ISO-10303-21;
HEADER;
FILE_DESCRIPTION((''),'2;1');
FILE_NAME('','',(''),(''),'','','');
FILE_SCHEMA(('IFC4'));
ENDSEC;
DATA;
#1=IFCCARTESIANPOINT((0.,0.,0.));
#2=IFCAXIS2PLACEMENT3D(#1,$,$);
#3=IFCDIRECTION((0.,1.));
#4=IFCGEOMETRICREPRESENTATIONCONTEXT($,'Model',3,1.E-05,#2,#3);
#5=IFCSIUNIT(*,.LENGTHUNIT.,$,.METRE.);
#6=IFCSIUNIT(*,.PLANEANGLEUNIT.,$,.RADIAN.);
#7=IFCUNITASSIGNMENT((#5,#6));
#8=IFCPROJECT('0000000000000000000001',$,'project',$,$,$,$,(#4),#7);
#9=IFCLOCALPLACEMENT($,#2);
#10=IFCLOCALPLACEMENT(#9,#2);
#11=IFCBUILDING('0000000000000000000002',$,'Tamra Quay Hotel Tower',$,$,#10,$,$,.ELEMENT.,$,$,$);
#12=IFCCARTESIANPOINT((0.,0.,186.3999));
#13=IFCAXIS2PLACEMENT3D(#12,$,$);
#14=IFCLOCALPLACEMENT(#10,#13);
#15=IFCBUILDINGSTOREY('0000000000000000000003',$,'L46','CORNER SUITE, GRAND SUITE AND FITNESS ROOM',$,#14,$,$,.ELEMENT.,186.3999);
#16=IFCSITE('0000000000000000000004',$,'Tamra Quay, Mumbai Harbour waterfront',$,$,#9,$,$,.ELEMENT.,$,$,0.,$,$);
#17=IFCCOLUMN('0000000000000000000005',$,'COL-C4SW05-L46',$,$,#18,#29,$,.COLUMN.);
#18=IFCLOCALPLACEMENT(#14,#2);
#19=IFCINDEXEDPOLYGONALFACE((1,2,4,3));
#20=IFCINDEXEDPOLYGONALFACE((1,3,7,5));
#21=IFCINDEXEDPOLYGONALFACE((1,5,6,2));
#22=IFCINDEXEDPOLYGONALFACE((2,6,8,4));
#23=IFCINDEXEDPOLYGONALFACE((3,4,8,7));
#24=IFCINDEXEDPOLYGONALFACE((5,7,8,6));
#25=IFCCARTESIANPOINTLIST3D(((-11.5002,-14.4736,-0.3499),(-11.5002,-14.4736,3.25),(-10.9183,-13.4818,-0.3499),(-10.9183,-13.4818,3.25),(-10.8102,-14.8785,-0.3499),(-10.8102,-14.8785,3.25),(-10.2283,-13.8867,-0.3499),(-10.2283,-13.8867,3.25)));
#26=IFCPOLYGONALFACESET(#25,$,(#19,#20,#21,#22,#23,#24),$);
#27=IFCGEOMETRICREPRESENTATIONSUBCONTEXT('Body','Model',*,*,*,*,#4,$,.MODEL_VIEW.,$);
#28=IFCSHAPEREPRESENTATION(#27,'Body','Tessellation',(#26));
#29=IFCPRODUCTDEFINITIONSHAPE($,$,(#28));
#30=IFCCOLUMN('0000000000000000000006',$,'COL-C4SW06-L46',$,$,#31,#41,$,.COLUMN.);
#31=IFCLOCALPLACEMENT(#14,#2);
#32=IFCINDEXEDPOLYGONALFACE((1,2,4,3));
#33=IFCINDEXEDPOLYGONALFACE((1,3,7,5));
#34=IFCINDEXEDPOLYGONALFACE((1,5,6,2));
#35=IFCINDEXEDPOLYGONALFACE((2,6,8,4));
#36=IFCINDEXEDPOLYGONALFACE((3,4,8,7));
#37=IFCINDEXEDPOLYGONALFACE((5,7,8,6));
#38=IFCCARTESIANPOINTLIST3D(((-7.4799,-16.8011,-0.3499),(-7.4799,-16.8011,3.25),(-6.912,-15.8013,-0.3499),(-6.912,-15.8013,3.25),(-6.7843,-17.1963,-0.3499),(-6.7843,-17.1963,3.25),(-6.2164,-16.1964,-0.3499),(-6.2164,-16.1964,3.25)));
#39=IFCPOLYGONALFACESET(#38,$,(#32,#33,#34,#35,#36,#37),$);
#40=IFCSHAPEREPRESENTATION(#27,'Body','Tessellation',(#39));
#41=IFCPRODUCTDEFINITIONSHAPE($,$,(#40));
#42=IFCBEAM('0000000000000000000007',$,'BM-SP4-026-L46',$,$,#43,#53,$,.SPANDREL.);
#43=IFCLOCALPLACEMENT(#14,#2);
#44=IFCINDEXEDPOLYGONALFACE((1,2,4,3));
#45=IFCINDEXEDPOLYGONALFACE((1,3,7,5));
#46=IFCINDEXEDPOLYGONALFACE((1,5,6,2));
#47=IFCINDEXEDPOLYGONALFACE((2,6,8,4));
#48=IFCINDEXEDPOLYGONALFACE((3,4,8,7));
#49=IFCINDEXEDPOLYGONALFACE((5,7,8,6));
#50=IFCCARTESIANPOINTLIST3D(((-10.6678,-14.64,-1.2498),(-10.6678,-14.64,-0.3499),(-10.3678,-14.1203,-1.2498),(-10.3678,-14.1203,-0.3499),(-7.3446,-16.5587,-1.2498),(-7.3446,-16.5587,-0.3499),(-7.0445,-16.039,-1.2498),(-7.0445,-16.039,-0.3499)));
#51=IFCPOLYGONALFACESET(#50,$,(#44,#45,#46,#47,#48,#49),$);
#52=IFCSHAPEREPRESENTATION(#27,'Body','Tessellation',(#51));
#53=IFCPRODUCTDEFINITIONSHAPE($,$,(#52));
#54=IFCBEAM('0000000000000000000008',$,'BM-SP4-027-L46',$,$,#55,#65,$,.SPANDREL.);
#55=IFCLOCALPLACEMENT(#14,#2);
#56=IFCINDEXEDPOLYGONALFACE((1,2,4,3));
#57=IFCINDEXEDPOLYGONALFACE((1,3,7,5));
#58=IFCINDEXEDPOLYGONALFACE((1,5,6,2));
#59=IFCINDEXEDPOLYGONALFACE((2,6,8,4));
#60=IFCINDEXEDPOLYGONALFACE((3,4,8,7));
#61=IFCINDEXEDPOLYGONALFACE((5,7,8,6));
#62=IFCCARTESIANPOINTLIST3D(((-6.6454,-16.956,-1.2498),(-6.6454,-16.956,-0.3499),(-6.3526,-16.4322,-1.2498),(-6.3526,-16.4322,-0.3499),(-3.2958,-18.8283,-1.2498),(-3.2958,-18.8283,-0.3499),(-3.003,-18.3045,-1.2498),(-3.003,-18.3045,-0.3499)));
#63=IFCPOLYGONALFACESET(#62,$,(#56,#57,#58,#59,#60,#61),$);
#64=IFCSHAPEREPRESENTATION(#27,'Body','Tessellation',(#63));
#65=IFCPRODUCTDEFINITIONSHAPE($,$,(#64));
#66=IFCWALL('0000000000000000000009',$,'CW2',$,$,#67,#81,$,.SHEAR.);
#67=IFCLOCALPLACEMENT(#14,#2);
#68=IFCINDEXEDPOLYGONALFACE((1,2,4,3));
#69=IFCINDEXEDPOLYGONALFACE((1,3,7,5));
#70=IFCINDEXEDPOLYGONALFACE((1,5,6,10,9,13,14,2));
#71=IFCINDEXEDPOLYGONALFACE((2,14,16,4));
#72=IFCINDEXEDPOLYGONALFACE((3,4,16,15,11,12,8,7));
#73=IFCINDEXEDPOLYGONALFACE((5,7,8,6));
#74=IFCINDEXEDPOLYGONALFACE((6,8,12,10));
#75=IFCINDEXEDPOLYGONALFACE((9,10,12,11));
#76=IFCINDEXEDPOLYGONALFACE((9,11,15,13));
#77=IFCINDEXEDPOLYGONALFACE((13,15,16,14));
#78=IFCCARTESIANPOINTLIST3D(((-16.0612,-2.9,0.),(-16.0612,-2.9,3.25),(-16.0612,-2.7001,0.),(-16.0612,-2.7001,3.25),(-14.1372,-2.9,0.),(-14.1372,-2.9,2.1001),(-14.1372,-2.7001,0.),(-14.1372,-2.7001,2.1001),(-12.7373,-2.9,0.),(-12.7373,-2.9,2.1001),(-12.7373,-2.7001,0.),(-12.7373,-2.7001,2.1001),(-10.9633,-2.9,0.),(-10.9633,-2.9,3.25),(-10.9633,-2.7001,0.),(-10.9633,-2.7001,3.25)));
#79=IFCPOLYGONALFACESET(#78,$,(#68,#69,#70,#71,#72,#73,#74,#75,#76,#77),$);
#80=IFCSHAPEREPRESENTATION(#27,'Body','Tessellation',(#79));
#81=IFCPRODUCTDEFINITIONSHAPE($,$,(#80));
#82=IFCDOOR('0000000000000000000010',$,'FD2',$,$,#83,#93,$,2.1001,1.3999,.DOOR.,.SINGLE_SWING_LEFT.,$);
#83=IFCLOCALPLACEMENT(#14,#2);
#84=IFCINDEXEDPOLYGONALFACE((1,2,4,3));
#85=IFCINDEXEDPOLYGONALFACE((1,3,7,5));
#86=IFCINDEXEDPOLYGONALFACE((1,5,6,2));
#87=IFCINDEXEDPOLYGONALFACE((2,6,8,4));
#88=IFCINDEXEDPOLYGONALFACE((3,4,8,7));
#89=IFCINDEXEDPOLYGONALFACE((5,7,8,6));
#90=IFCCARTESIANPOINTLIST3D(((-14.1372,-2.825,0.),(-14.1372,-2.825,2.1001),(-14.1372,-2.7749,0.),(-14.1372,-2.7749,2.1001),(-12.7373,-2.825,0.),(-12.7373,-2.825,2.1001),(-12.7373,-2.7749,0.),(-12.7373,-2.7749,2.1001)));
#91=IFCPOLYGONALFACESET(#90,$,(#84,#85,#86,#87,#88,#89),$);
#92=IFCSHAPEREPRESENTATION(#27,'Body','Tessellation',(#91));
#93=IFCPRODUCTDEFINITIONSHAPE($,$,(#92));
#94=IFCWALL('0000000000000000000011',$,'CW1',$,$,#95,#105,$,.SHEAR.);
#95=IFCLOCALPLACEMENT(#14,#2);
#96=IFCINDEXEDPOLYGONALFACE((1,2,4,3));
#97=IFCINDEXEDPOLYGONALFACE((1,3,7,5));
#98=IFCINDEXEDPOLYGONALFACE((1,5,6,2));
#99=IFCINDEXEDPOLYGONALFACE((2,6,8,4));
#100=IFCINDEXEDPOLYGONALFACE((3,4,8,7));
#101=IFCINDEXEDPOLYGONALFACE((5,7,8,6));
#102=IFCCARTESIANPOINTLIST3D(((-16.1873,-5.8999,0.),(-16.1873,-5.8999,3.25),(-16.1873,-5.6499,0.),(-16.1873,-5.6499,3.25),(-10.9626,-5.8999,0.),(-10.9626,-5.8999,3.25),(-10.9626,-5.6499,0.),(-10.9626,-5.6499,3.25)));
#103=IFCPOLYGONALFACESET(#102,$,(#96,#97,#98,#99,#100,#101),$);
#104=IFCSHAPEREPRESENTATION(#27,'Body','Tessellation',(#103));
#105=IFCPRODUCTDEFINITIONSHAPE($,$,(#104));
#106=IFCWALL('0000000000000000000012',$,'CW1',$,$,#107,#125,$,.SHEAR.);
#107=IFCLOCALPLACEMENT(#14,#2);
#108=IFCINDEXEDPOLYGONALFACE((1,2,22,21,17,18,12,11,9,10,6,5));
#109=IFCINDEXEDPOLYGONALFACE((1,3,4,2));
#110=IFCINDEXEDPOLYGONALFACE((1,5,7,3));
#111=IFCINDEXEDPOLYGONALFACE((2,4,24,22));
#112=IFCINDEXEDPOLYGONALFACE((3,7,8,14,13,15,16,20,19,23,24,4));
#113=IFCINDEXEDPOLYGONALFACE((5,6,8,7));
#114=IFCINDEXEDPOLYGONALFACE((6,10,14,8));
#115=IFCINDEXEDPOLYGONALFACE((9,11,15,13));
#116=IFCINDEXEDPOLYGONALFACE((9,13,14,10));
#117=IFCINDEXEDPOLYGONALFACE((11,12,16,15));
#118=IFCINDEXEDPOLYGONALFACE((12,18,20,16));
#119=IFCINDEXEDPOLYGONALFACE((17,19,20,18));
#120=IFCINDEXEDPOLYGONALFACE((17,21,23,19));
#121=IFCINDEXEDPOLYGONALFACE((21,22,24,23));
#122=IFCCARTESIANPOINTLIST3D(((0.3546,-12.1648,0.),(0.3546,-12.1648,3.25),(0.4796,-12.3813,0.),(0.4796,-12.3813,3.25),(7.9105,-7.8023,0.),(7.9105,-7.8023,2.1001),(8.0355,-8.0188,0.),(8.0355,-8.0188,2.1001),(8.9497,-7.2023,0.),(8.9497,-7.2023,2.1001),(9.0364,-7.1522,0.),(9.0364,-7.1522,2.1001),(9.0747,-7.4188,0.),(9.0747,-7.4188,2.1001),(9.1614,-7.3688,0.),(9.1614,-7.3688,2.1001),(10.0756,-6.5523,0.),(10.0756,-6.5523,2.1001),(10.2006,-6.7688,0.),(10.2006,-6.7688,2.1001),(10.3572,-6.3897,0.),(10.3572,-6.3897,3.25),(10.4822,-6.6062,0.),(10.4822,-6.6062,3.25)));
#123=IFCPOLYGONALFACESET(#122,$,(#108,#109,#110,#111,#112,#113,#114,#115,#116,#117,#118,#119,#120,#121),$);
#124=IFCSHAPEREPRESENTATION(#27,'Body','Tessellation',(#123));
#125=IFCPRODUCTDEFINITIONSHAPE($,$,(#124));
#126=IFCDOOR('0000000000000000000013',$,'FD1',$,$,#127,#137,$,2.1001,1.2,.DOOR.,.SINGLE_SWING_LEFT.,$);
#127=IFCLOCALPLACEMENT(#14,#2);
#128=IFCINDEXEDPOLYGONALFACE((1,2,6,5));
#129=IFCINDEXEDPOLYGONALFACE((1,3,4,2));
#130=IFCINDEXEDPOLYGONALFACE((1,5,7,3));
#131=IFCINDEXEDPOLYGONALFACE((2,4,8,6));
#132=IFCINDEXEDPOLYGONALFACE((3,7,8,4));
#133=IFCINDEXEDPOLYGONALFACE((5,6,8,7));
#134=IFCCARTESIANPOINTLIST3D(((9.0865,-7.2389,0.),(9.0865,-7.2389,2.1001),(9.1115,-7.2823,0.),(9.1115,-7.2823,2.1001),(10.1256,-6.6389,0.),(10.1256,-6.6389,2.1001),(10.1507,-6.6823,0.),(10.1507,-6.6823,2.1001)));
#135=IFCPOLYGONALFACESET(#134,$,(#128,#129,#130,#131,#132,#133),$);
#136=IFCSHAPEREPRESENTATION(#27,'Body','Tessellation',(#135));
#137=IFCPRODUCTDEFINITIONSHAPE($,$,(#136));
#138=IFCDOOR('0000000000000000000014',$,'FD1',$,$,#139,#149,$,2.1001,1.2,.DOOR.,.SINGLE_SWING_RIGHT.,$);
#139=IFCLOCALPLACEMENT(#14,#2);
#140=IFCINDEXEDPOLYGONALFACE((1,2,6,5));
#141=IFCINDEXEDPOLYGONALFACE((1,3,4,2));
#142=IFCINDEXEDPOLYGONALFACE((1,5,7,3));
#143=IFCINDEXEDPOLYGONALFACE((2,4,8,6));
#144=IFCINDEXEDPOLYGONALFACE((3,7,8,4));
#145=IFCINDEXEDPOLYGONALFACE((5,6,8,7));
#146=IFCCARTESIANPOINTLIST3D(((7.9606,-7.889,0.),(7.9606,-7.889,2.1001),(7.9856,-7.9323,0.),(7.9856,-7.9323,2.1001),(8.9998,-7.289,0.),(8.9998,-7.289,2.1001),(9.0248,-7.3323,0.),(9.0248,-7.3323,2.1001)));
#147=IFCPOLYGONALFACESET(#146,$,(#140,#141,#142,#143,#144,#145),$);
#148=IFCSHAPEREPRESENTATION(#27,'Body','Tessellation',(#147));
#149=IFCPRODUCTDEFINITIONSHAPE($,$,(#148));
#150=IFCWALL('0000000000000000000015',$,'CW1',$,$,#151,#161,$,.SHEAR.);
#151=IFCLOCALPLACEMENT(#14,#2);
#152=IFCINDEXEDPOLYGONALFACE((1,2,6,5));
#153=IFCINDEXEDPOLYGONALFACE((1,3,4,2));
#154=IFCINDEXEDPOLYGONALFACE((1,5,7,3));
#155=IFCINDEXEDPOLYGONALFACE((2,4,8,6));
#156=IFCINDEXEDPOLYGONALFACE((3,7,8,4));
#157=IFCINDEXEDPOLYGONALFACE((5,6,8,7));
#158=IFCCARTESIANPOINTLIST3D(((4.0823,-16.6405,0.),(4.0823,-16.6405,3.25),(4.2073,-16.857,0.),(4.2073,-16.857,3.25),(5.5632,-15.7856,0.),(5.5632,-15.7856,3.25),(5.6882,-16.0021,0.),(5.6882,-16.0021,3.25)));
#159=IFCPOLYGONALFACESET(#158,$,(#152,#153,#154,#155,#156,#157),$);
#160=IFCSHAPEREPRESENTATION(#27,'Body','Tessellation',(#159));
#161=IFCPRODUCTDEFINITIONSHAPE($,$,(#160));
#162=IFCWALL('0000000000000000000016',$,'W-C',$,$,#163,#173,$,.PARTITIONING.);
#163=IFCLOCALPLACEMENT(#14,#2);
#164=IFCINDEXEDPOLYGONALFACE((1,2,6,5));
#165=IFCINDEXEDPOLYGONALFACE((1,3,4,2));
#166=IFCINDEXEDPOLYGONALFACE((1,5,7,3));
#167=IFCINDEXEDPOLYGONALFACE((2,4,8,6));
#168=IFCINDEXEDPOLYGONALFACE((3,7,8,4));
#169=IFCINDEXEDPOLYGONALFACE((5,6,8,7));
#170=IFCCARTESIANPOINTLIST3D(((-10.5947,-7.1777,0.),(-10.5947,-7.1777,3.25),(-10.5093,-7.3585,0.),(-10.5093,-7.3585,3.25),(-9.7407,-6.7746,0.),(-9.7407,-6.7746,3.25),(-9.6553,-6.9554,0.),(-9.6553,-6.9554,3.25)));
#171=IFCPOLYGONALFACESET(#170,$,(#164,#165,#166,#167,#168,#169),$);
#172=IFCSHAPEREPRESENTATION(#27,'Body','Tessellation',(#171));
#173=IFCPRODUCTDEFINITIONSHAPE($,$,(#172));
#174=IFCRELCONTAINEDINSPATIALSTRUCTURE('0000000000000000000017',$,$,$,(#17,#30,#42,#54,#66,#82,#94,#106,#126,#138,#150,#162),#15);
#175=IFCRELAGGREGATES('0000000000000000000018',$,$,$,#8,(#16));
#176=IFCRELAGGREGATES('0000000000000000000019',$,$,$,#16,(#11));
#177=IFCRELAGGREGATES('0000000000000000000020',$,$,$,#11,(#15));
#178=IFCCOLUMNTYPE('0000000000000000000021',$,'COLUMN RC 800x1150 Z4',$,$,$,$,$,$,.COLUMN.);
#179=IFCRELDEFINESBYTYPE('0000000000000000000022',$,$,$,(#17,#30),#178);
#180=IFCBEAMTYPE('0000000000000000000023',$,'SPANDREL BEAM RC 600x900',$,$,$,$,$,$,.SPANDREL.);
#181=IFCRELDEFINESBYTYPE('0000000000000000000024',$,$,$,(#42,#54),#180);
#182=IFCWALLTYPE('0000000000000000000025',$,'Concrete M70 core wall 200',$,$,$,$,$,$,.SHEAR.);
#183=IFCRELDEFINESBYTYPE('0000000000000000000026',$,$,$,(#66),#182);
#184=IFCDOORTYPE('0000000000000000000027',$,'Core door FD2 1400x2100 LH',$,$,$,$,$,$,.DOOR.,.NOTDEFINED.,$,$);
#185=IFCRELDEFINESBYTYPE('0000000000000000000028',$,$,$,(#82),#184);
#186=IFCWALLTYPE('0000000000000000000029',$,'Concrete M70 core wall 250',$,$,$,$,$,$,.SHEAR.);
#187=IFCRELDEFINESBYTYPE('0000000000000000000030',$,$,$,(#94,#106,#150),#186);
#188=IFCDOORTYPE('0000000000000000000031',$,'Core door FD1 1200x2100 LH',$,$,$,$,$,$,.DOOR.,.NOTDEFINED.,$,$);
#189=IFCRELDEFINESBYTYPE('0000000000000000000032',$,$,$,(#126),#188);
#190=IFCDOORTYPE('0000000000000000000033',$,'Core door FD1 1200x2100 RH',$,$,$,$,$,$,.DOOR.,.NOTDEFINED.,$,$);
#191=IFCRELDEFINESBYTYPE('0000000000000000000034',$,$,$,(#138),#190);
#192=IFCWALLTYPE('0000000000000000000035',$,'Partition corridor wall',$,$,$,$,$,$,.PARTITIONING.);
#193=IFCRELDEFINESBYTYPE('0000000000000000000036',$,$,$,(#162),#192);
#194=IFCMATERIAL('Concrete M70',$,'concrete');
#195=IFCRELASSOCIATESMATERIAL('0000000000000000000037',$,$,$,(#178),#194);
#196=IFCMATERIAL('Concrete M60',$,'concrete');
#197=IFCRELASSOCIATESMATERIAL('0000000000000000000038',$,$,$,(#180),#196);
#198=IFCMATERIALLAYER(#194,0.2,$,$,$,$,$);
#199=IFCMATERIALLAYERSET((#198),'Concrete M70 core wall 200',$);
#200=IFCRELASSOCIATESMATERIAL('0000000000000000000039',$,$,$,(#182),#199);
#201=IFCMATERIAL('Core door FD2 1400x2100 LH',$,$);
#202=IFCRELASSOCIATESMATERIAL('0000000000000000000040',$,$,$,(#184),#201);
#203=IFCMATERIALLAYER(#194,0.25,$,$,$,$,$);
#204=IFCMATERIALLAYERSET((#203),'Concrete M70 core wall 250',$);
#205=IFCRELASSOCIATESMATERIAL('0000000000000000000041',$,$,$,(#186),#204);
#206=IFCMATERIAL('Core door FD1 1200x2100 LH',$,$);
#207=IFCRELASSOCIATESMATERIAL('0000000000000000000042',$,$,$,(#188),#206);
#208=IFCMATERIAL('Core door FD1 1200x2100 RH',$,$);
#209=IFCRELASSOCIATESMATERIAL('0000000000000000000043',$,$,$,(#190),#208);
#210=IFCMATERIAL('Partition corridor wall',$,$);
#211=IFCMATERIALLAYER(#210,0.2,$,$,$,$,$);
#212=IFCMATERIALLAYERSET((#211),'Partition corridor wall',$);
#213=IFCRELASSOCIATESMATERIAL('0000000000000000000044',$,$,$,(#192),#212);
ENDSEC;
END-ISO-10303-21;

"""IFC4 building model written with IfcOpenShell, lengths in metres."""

from ifc_helpers import new_model, si_unit, direction, frame, frame_2d, origin, origin_2d, place, context, subcontext, project, spatial, rectangle, extrude, material, layer, layer_set, material_profile, profile_set, type_object, element, fill, save


model = new_model("IFC4")

# Units and contexts
model_context = context("Model", 3, precision=1e-05, world=origin(), true_north=direction((0.0, 1.0)))
body_context = subcontext(model_context, "Body", "Model", "MODEL_VIEW")
ifc_project = project(units=[si_unit("LENGTHUNIT", "METRE"), si_unit("PLANEANGLEUNIT", "RADIAN")], contexts=[model_context])

# Site, building, storey
site_placement = place(None, origin())
site = spatial("IfcSite", under=ifc_project, at=site_placement, Name="Tamra Quay, Mumbai Harbour waterfront", CompositionType="ELEMENT", RefElevation=0.0)
building_placement = place(site_placement, origin())
building = spatial("IfcBuilding", under=site, at=building_placement, Name="Tamra Quay Hotel Tower", CompositionType="ELEMENT")
storey_placement = place(building_placement, frame((0.0, 0.0, 186.3999)))
storey = spatial("IfcBuildingStorey", under=building, at=storey_placement, Name="L46", Description="CORNER SUITE, GRAND SUITE AND FITNESS ROOM", CompositionType="ELEMENT", Elevation=186.3999)

# Columns
ifc_material_1 = material(Name="Concrete M70", Category="concrete")
ifc_material_profile_1 = material_profile(ifc_material_1, rectangle(XDim=1.1499, YDim=0.8, at=origin_2d()), Name="COLUMN RC 800x1150 Z4")
ifc_profile_set_1 = profile_set([ifc_material_profile_1], Name="Concrete M70")
column_type = type_object("IfcColumnType", Name="COLUMN RC 800x1150 Z4", PredefinedType="COLUMN", material=ifc_profile_set_1)
for number, where, z_axis, x_axis, name in (
    (1, (-10.8643, -14.1802, -0.3499), (0.0, 0.0, 1.0), (0.506085, 0.862484, 0.0), "COL-C4SW05-L46"),
    (2, (-6.8481, -16.4988, -0.3499), (0.0, 0.0, 1.0), (0.49389, 0.869524, 0.0), "COL-C4SW06-L46"),
):
    element("IfcColumn", number, at=place(storey_placement, frame(where, z_axis=z_axis, x_axis=x_axis)), inside=storey, type_object=column_type, Name=name, PredefinedType="COLUMN", context=body_context, shape_type="SweptSolid", body=[
        extrude(rectangle(XDim=1.1499, YDim=0.8, at=origin_2d()), origin(), (0.0, 0.0, 1.0), 3.5999),
    ])

# Beams
ifc_material_2 = material(Name="Concrete M60", Category="concrete")
ifc_material_profile_2 = material_profile(ifc_material_2, rectangle(XDim=0.6001, YDim=0.8999, at=origin_2d()), Name="SPANDREL BEAM RC 600x900")
ifc_profile_set_2 = profile_set([ifc_material_profile_2], Name="Concrete M60")
beam_type = type_object("IfcBeamType", Name="SPANDREL BEAM RC 600x900", PredefinedType="SPANDREL", material=ifc_profile_set_2)
for number, where, z_axis, x_axis, name in (
    (3, (-10.5178, -14.3801, -0.7998), (0.866022, -0.500005, 0.0), (0.500005, 0.866022, 0.0), "BM-SP4-026-L46"),
    (4, (-6.499, -16.6941, -0.7998), (0.872891, -0.487915, 0.0), (0.487915, 0.872891, 0.0), "BM-SP4-027-L46"),
):
    element("IfcBeam", number, at=place(storey_placement, frame(where, z_axis=z_axis, x_axis=x_axis)), inside=storey, type_object=beam_type, Name=name, PredefinedType="SPANDREL", context=body_context, shape_type="SweptSolid", body=[
        extrude(rectangle(XDim=0.6001, YDim=0.8999, at=origin_2d()), origin(), (0.0, 0.0, 1.0), 3.8374),
    ])

# Wall, opening, door
ifc_layer_1 = layer(ifc_material_1, 0.2)
ifc_layer_set_1 = layer_set([ifc_layer_1], Name="Concrete M70 core wall 200")
wall_type_1 = type_object("IfcWallType", Name="Concrete M70 core wall 200", PredefinedType="SHEAR", material=ifc_layer_set_1)
wall_1_placement = place(storey_placement, frame((-10.9634, -2.8, 0.0), z_axis=(0.0, 0.0, 1.0), x_axis=(-1.0, 0.0, 0.0)))
wall_1 = element("IfcWall", 5, at=wall_1_placement, inside=storey, type_object=wall_type_1, Name="CW2", PredefinedType="SHEAR", context=body_context, shape_type="SweptSolid", body=[
    extrude(rectangle(XDim=5.0979, YDim=0.2, at=frame_2d((2.5488, 0.0))), origin(), (0.0, 0.0, 1.0), 3.25),
])
opening_1_placement = place(wall_1_placement, frame((1.7739, 0.0, 0.0)))
opening_1 = element("IfcOpeningElement", 6, at=opening_1_placement, cuts=wall_1, PredefinedType="OPENING", context=body_context, shape_type="SweptSolid", body=[
    extrude(rectangle(XDim=1.3999, YDim=2.1001, at=frame_2d((0.7, 1.05))), frame((0.0, 0.1099, 0.0), z_axis=(0.0, -1.0, 0.0), x_axis=(1.0, 0.0, 0.0)), (0.0, 0.0, 1.0), 0.22),
])
ifc_material_3 = material(Name="Core door FD2 1400x2100 LH")
door_type_1 = type_object("IfcDoorType", Name="Core door FD2 1400x2100 LH", OperationType="NOTDEFINED", PredefinedType="DOOR", material=ifc_material_3)
door_1_placement = place(opening_1_placement, origin())
door_1 = element("IfcDoor", 7, at=door_1_placement, inside=storey, type_object=door_type_1, Name="FD2", OperationType="SINGLE_SWING_LEFT", OverallHeight=2.1001, OverallWidth=1.3999, PredefinedType="DOOR", context=body_context, shape_type="SweptSolid", body=[
    extrude(rectangle(XDim=1.3999, YDim=2.1001, at=frame_2d((0.7, 1.05))), frame((0.0, 0.0249, 0.0), z_axis=(0.0, -1.0, 0.0), x_axis=(1.0, 0.0, 0.0)), (0.0, 0.0, 1.0), 0.05),
])
fill(opening_1, door_1)

# Wall
ifc_layer_2 = layer(ifc_material_1, 0.25)
ifc_layer_set_2 = layer_set([ifc_layer_2], Name="Concrete M70 core wall 250")
wall_type_2 = type_object("IfcWallType", Name="Concrete M70 core wall 250", PredefinedType="SHEAR", material=ifc_layer_set_2)
wall_2_placement = place(storey_placement, frame((-10.9626, -5.7749, 0.0), z_axis=(0.0, 0.0, 1.0), x_axis=(-1.0, 0.0, 0.0)))
element("IfcWall", 8, at=wall_2_placement, inside=storey, type_object=wall_type_2, Name="CW1", PredefinedType="SHEAR", context=body_context, shape_type="SweptSolid", body=[
    extrude(rectangle(XDim=5.2246, YDim=0.25, at=frame_2d((2.6123, 0.0))), origin(), (0.0, 0.0, 1.0), 3.25),
])

# Wall, openings, doors
wall_3_placement = place(storey_placement, frame((0.4172, -12.2729, 0.0), z_axis=(0.0, 0.0, 1.0), x_axis=(0.866022, 0.500006, 0.0)))
wall_3 = element("IfcWall", 9, at=wall_3_placement, inside=storey, type_object=wall_type_2, Name="CW1", PredefinedType="SHEAR", context=body_context, shape_type="SweptSolid", body=[
    extrude(rectangle(XDim=11.55, YDim=0.25, at=frame_2d((5.7749, 0.0))), origin(), (0.0, 0.0, 1.0), 3.25),
])
opening_2_placement = place(wall_3_placement, frame((10.0247, 0.0, 0.0)))
opening_2 = element("IfcOpeningElement", 10, at=opening_2_placement, cuts=wall_3, PredefinedType="OPENING", context=body_context, shape_type="SweptSolid", body=[
    extrude(rectangle(XDim=1.2, YDim=2.1001, at=frame_2d((0.6001, 1.05))), frame((0.0, 0.135, 0.0), z_axis=(0.0, -1.0, 0.0), x_axis=(1.0, 0.0, 0.0)), (0.0, 0.0, 1.0), 0.27),
])
opening_3_placement = place(wall_3_placement, frame((8.7246, 0.0, 0.0)))
opening_3 = element("IfcOpeningElement", 11, at=opening_3_placement, cuts=wall_3, PredefinedType="OPENING", context=body_context, shape_type="SweptSolid", body=[
    extrude(rectangle(XDim=1.2, YDim=2.1001, at=frame_2d((0.6001, 1.05))), frame((0.0, 0.135, 0.0), z_axis=(0.0, -1.0, 0.0), x_axis=(1.0, 0.0, 0.0)), (0.0, 0.0, 1.0), 0.27),
])
ifc_material_4 = material(Name="Core door FD1 1200x2100 LH")
door_type_2 = type_object("IfcDoorType", Name="Core door FD1 1200x2100 LH", OperationType="NOTDEFINED", PredefinedType="DOOR", material=ifc_material_4)
door_2_placement = place(opening_2_placement, origin())
door_2 = element("IfcDoor", 12, at=door_2_placement, inside=storey, type_object=door_type_2, Name="FD1", OperationType="SINGLE_SWING_LEFT", OverallHeight=2.1001, OverallWidth=1.2, PredefinedType="DOOR", context=body_context, shape_type="SweptSolid", body=[
    extrude(rectangle(XDim=1.2, YDim=2.1001, at=frame_2d((0.6001, 1.05))), frame((0.0, 0.0249, 0.0), z_axis=(0.0, -1.0, 0.0), x_axis=(1.0, 0.0, 0.0)), (0.0, 0.0, 1.0), 0.05),
])
fill(opening_2, door_2)
ifc_material_5 = material(Name="Core door FD1 1200x2100 RH")
door_type_3 = type_object("IfcDoorType", Name="Core door FD1 1200x2100 RH", OperationType="NOTDEFINED", PredefinedType="DOOR", material=ifc_material_5)
door_3_placement = place(opening_3_placement, origin())
door_3 = element("IfcDoor", 13, at=door_3_placement, inside=storey, type_object=door_type_3, Name="FD1", OperationType="SINGLE_SWING_RIGHT", OverallHeight=2.1001, OverallWidth=1.2, PredefinedType="DOOR", context=body_context, shape_type="SweptSolid", body=[
    extrude(rectangle(XDim=1.2, YDim=2.1001, at=frame_2d((0.6001, 1.05))), frame((0.0, 0.0249, 0.0), z_axis=(0.0, -1.0, 0.0), x_axis=(1.0, 0.0, 0.0)), (0.0, 0.0, 1.0), 0.05),
])
fill(opening_3, door_3)

# Walls
wall_4_placement = place(storey_placement, frame((4.1448, -16.7488, 0.0), z_axis=(0.0, 0.0, 1.0), x_axis=(0.866038, 0.499978, 0.0)))
element("IfcWall", 14, at=wall_4_placement, inside=storey, type_object=wall_type_2, Name="CW1", PredefinedType="SHEAR", context=body_context, shape_type="SweptSolid", body=[
    extrude(rectangle(XDim=1.71, YDim=0.25, at=frame_2d((0.855, 0.0))), origin(), (0.0, 0.0, 1.0), 3.25),
])
ifc_material_6 = material(Name="Partition corridor wall")
ifc_layer_3 = layer(ifc_material_6, 0.2)
ifc_layer_set_3 = layer_set([ifc_layer_3], Name="Partition corridor wall")
wall_type_3 = type_object("IfcWallType", Name="Partition corridor wall", PredefinedType="PARTITIONING", material=ifc_layer_set_3)
wall_5_placement = place(storey_placement, frame((-10.552, -7.2681, 0.0), z_axis=(0.0, 0.0, 1.0), x_axis=(0.904332, 0.42683, 0.0)))
element("IfcWall", 15, at=wall_5_placement, inside=storey, type_object=wall_type_3, Name="W-C", PredefinedType="PARTITIONING", context=body_context, shape_type="SweptSolid", body=[
    extrude(rectangle(XDim=0.9443, YDim=0.2, at=frame_2d((0.4722, 0.0))), origin(), (0.0, 0.0, 1.0), 3.25),
])

save(model, "model.ifc")
